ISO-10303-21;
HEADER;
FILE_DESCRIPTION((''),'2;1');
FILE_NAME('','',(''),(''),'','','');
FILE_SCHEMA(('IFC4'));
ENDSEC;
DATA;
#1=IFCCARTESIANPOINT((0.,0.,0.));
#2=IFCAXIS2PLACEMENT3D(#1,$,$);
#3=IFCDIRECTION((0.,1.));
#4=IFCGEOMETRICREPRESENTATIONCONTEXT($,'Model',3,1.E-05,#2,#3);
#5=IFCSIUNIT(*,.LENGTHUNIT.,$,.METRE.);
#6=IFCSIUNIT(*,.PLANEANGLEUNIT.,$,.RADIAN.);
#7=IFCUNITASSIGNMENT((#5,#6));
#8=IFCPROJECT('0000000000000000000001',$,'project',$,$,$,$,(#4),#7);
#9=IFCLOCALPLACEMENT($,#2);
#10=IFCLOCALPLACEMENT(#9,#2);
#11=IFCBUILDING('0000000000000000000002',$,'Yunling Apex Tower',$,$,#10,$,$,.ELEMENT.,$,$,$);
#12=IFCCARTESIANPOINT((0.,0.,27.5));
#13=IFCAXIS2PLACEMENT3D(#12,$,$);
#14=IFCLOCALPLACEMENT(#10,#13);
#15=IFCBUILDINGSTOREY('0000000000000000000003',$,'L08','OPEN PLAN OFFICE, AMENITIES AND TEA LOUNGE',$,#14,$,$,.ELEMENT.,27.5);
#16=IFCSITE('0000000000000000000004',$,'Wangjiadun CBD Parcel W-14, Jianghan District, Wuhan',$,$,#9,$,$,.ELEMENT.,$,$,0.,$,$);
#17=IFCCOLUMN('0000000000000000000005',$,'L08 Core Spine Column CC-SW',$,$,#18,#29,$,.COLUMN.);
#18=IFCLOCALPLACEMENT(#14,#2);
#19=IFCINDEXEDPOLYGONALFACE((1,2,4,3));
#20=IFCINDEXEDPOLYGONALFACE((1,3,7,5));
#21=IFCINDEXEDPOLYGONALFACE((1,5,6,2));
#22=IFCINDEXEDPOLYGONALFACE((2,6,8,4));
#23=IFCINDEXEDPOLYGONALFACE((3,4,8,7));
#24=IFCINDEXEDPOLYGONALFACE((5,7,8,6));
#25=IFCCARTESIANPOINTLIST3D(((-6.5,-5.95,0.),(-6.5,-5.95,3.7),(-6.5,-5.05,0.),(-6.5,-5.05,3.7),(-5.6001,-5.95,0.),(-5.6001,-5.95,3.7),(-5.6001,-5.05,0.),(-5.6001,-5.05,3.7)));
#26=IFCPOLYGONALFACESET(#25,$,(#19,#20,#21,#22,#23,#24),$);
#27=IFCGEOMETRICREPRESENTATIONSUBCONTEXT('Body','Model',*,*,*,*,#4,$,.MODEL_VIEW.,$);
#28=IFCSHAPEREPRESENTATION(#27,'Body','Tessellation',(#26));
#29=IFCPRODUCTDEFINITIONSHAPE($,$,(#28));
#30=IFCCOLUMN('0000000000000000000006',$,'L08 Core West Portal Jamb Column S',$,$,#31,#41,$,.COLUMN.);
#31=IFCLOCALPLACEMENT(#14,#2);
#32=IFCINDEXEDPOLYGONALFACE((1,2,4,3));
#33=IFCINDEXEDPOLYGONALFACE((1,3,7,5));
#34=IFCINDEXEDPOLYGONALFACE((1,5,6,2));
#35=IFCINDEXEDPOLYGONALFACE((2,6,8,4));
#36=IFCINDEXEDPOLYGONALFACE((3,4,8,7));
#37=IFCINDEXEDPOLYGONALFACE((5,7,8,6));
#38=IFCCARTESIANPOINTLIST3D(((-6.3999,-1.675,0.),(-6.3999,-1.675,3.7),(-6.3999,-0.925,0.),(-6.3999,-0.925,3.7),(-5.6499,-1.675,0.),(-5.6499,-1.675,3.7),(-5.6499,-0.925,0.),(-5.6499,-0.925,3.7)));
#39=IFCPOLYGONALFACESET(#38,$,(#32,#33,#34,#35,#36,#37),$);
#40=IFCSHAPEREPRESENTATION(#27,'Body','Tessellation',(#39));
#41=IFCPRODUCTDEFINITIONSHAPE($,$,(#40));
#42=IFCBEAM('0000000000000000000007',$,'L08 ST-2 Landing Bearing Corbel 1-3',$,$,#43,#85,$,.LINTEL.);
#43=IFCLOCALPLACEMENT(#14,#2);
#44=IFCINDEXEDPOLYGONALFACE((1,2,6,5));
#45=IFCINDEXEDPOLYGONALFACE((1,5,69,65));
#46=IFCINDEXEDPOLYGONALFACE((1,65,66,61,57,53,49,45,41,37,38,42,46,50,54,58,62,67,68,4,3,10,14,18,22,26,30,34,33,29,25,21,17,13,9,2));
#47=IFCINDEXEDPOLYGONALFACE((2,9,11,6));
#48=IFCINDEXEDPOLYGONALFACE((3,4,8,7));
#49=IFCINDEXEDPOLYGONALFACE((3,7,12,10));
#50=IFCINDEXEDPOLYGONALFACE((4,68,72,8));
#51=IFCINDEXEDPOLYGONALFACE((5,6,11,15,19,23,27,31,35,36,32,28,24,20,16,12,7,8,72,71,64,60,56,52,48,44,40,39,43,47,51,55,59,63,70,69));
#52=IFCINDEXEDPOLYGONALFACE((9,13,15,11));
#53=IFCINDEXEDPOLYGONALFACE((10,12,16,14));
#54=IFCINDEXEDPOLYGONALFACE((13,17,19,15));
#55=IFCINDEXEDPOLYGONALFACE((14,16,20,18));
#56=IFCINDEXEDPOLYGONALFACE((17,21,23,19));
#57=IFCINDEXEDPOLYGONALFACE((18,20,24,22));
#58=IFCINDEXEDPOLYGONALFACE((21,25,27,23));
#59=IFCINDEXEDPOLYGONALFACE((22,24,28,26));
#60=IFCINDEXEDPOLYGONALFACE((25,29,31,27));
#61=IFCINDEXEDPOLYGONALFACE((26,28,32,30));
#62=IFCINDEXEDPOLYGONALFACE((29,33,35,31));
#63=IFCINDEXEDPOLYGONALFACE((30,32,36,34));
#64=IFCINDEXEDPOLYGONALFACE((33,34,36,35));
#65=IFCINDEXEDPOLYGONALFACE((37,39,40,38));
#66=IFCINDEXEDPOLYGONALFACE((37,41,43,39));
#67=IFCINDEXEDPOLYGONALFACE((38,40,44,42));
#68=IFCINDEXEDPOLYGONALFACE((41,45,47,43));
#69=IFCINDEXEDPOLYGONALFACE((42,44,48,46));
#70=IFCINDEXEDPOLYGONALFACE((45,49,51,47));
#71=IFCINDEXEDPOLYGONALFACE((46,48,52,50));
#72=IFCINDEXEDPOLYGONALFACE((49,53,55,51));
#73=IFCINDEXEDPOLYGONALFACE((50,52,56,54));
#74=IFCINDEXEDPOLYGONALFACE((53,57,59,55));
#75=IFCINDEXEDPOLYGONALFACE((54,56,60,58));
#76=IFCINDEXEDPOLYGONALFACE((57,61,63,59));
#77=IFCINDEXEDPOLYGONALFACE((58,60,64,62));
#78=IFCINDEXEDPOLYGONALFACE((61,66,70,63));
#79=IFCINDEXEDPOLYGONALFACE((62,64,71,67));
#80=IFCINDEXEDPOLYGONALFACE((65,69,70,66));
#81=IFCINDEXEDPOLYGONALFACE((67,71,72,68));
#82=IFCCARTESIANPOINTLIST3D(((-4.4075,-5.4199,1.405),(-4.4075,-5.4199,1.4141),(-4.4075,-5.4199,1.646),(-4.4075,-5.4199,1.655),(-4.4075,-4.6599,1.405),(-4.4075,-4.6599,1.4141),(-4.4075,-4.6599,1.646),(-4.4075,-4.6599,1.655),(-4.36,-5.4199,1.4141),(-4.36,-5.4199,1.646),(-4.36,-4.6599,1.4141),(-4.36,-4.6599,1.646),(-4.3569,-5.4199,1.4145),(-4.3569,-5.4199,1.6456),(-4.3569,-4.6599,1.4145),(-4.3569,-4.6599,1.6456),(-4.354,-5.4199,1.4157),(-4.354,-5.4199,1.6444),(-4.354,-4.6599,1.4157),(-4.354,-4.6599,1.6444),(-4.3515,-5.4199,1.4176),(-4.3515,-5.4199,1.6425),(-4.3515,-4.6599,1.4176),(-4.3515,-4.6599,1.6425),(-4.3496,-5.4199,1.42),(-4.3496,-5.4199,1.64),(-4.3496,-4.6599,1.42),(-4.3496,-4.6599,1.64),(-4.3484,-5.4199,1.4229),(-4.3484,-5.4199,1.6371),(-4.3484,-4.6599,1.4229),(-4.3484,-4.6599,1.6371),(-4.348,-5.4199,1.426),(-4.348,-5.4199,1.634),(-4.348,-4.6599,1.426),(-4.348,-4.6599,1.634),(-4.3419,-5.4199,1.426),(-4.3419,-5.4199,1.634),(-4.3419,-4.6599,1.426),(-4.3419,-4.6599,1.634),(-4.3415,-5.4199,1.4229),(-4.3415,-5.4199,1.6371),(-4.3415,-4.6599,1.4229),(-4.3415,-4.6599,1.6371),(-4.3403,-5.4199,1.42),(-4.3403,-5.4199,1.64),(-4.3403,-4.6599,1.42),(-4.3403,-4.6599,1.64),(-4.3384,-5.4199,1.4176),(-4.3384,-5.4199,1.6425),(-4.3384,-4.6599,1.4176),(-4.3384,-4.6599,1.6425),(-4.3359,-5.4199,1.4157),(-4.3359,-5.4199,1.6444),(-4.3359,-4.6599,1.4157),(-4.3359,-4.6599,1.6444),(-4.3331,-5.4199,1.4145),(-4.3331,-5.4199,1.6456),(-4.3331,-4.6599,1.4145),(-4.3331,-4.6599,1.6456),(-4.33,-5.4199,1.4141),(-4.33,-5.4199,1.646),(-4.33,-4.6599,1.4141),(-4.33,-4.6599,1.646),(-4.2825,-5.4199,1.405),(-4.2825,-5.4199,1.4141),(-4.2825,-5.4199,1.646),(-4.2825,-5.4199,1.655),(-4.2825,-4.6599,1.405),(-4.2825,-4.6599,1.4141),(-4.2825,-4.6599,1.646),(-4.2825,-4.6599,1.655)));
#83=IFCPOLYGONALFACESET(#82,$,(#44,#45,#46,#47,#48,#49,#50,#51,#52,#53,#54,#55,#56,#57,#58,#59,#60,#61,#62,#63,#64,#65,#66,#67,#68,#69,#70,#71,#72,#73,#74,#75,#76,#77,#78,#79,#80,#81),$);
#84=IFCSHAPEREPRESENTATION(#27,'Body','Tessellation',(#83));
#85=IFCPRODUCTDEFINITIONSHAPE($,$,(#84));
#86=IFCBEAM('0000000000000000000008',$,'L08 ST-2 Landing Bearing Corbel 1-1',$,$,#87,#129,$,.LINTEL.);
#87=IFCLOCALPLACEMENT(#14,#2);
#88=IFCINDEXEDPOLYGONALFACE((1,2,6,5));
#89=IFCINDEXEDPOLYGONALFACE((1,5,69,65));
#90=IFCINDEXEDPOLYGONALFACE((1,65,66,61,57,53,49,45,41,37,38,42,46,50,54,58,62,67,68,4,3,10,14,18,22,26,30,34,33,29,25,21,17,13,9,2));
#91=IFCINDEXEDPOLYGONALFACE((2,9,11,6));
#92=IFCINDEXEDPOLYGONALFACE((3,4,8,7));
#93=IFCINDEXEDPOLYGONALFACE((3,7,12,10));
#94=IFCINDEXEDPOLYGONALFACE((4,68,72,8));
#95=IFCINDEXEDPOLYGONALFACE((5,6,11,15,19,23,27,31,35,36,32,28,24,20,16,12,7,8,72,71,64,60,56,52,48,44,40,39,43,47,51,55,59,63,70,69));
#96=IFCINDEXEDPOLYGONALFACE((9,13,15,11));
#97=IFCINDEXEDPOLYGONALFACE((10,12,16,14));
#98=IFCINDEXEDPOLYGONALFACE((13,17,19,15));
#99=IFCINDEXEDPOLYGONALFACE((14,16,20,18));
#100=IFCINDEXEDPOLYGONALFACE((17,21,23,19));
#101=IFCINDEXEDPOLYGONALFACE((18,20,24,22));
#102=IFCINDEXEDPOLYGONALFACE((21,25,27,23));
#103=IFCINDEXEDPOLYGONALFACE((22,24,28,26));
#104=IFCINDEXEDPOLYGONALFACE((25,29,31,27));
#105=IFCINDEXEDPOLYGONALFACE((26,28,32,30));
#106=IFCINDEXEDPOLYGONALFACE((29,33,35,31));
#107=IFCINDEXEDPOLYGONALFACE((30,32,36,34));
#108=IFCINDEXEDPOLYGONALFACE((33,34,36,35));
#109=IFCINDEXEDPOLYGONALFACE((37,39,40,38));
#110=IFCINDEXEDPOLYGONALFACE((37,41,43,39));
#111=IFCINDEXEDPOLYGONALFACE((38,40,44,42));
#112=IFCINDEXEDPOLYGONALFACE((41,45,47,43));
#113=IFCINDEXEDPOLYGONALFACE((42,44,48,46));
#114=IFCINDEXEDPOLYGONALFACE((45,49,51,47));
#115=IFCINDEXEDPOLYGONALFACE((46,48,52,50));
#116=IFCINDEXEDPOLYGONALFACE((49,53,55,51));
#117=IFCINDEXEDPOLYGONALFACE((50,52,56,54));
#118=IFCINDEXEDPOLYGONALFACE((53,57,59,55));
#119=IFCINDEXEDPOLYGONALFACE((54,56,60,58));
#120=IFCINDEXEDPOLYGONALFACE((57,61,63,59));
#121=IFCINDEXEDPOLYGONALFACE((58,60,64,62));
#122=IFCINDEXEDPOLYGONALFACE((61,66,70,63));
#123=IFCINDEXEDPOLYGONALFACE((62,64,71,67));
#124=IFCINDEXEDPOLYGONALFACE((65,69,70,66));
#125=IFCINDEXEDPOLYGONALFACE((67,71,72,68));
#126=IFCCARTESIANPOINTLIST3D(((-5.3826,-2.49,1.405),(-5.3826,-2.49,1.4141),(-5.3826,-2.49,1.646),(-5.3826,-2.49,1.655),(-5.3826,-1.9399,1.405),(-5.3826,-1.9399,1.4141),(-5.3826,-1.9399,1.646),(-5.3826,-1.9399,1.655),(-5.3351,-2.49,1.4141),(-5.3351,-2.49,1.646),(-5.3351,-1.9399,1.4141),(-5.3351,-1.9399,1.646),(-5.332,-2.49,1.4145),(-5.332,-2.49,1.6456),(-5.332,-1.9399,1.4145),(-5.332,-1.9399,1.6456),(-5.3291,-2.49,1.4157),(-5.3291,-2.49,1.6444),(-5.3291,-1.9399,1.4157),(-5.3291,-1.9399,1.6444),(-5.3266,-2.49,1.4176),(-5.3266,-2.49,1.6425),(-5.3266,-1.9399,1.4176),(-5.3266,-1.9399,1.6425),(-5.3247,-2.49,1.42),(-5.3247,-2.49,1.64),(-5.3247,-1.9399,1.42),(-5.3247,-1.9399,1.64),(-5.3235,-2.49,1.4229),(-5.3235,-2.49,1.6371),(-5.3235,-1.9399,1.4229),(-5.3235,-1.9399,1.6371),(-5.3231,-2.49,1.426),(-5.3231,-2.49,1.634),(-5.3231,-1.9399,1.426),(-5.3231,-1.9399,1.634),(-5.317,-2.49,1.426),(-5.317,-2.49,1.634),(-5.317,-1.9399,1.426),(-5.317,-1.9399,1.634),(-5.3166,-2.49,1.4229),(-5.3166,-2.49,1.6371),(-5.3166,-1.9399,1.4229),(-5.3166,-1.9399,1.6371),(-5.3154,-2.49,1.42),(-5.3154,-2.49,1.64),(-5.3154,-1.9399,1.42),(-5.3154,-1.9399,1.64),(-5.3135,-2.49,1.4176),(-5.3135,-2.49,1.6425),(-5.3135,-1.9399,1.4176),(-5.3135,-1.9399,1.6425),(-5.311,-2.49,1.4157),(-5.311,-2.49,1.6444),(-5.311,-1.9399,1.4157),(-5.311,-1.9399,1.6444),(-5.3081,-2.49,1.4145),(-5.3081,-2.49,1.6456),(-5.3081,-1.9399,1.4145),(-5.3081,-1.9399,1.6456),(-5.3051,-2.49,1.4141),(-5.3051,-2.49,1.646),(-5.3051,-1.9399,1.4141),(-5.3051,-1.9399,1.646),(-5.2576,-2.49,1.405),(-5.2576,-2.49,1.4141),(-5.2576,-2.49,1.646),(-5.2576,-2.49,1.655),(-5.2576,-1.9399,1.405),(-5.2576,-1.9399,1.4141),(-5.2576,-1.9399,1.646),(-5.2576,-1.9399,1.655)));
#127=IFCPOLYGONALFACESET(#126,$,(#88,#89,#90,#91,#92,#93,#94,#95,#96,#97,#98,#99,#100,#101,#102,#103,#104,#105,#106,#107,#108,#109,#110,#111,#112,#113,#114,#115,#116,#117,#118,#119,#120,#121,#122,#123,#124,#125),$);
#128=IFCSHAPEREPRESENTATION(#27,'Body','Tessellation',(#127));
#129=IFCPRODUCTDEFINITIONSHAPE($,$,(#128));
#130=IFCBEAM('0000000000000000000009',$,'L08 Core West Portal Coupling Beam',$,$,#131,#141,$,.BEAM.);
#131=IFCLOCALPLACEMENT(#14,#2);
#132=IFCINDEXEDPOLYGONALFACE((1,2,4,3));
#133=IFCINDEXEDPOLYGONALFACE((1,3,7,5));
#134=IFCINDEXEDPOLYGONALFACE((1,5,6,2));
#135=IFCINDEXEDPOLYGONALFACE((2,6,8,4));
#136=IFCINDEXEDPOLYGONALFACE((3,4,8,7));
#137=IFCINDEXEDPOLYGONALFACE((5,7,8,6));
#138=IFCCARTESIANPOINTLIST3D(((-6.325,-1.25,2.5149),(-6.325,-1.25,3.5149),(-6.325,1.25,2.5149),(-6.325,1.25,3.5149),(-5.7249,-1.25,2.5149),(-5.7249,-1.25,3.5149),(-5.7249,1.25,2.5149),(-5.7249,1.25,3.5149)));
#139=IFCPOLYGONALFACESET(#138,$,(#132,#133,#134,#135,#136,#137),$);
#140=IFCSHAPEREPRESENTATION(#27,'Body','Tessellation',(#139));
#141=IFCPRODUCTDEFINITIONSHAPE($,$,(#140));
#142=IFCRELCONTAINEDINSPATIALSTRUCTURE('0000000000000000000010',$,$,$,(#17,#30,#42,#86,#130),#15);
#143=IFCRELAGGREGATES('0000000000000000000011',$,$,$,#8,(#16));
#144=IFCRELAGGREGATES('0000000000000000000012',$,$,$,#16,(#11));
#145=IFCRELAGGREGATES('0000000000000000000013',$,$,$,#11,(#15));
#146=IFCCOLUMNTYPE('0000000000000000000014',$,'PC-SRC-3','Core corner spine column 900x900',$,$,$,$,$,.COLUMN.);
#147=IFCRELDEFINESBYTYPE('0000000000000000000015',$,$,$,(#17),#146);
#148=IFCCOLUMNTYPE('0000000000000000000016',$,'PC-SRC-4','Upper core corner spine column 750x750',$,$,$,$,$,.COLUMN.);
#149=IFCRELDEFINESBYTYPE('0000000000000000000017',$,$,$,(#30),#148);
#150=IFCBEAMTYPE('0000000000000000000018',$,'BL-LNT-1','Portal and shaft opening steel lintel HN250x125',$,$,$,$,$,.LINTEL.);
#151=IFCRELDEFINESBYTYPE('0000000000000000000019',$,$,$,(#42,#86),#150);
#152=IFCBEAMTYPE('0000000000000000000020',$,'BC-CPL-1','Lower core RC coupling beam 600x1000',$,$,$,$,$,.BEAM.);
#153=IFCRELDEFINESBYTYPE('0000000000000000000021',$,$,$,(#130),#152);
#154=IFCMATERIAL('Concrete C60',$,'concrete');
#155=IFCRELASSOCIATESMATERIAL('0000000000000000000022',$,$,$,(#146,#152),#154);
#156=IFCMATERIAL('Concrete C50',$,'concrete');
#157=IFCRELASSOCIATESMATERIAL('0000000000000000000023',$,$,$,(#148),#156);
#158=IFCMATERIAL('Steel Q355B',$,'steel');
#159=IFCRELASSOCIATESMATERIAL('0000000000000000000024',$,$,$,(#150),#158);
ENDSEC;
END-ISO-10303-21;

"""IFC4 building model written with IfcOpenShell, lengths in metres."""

from ifc_helpers import new_model, si_unit, direction, frame, origin, origin_2d, place, context, subcontext, project, spatial, rectangle, i_section, extrude, source, transform, mapped, material, material_profile, profile_set, type_object, element, save


model = new_model("IFC4")

# Units and contexts
model_context = context("Model", 3, precision=1e-05, world=origin(), true_north=direction((0.0, 1.0)))
body_context = subcontext(model_context, "Body", "Model", "MODEL_VIEW")
ifc_project = project(units=[si_unit("LENGTHUNIT", "METRE"), si_unit("PLANEANGLEUNIT", "RADIAN")], contexts=[model_context])

# Site, building, storey
site_placement = place(None, origin())
site = spatial("IfcSite", under=ifc_project, at=site_placement, Name="Wangjiadun CBD Parcel W-14, Jianghan District, Wuhan", CompositionType="ELEMENT", RefElevation=0.0)
building_placement = place(site_placement, origin())
building = spatial("IfcBuilding", under=site, at=building_placement, Name="Yunling Apex Tower", CompositionType="ELEMENT")
storey_placement = place(building_placement, frame((0.0, 0.0, 27.5)))
storey = spatial("IfcBuildingStorey", under=building, at=storey_placement, Name="L08", Description="OPEN PLAN OFFICE, AMENITIES AND TEA LOUNGE", CompositionType="ELEMENT", Elevation=27.5)

# Columns
ifc_material_1 = material(Name="Concrete C60", Category="concrete")
ifc_material_profile_1 = material_profile(ifc_material_1, rectangle(XDim=0.8999, YDim=0.8999, at=origin_2d()))
ifc_profile_set_1 = profile_set([ifc_material_profile_1], Name="Concrete C60")
column_type_1 = type_object("IfcColumnType", Name="PC-SRC-3", Description="Core corner spine column 900x900", PredefinedType="COLUMN", material=ifc_profile_set_1)
shared_shape_1 = source(origin(), body_context, "Body", "SweptSolid", [
    extrude(rectangle(XDim=0.8999, YDim=0.8999, at=origin_2d()), origin(), (0.0, 0.0, 1.0), 3.7),
])
column_1_placement = place(storey_placement, frame((-6.05, -5.5, 0.0), z_axis=(0.0, 0.0, 1.0), x_axis=(1.0, 0.0, 0.0)))
element("IfcColumn", 1, at=column_1_placement, inside=storey, type_object=column_type_1, Name="L08 Core Spine Column CC-SW", PredefinedType="COLUMN", context=body_context, shape_type="MappedRepresentation", body=[
    mapped(shared_shape_1, transform((0.0, 0.0, 0.0), scale=1.0)),
])
ifc_material_2 = material(Name="Concrete C50", Category="concrete")
ifc_material_profile_2 = material_profile(ifc_material_2, rectangle(XDim=0.75, YDim=0.75, at=origin_2d()))
ifc_profile_set_2 = profile_set([ifc_material_profile_2], Name="Concrete C50")
column_type_2 = type_object("IfcColumnType", Name="PC-SRC-4", Description="Upper core corner spine column 750x750", PredefinedType="COLUMN", material=ifc_profile_set_2)
shared_shape_2 = source(origin(), body_context, "Body", "SweptSolid", [
    extrude(rectangle(XDim=0.75, YDim=0.75, at=origin_2d()), origin(), (0.0, 0.0, 1.0), 3.7),
])
column_2_placement = place(storey_placement, frame((-6.0249, -1.3, 0.0), z_axis=(0.0, 0.0, 1.0), x_axis=(1.0, 0.0, 0.0)))
element("IfcColumn", 2, at=column_2_placement, inside=storey, type_object=column_type_2, Name="L08 Core West Portal Jamb Column S", PredefinedType="COLUMN", context=body_context, shape_type="MappedRepresentation", body=[
    mapped(shared_shape_2, transform((0.0, 0.0, 0.0), scale=1.0)),
])

# Beams
ifc_material_3 = material(Name="Steel Q355B", Category="steel")
ifc_material_profile_3 = material_profile(ifc_material_3, i_section(OverallWidth=0.125, OverallDepth=0.25, WebThickness=0.0061, FlangeThickness=0.009, FilletRadius=0.012, at=origin_2d()))
ifc_profile_set_3 = profile_set([ifc_material_profile_3], Name="Steel Q355B")
beam_type_1 = type_object("IfcBeamType", Name="BL-LNT-1", Description="Portal and shaft opening steel lintel HN250x125", PredefinedType="LINTEL", material=ifc_profile_set_3)
shared_shape_3 = source(origin(), body_context, "Body", "SweptSolid", [
    extrude(i_section(OverallWidth=0.125, OverallDepth=0.25, WebThickness=0.0061, FlangeThickness=0.009, FilletRadius=0.012, at=origin_2d()), origin(), (0.0, 0.0, 1.0), 0.76),
])
beam_1_placement = place(storey_placement, frame((-4.345, -5.4199, 1.53), z_axis=(0.0, 1.0, 0.0), x_axis=(-1.0, 0.0, 0.0)))
element("IfcBeam", 3, at=beam_1_placement, inside=storey, type_object=beam_type_1, Name="L08 ST-2 Landing Bearing Corbel 1-3", PredefinedType="LINTEL", context=body_context, shape_type="MappedRepresentation", body=[
    mapped(shared_shape_3, transform((0.0, 0.0, 0.0), scale=1.0)),
])
shared_shape_4 = source(origin(), body_context, "Body", "SweptSolid", [
    extrude(i_section(OverallWidth=0.125, OverallDepth=0.25, WebThickness=0.0061, FlangeThickness=0.009, FilletRadius=0.012, at=origin_2d()), origin(), (0.0, 0.0, 1.0), 0.55),
])
beam_2_placement = place(storey_placement, frame((-5.3201, -1.9399, 1.53), z_axis=(0.0, -1.0, 0.0), x_axis=(1.0, 0.0, 0.0)))
element("IfcBeam", 4, at=beam_2_placement, inside=storey, type_object=beam_type_1, Name="L08 ST-2 Landing Bearing Corbel 1-1", PredefinedType="LINTEL", context=body_context, shape_type="MappedRepresentation", body=[
    mapped(shared_shape_4, transform((0.0, 0.0, 0.0), scale=1.0)),
])
ifc_material_profile_4 = material_profile(ifc_material_1, rectangle(XDim=0.6001, YDim=1.0, at=origin_2d()))
ifc_profile_set_4 = profile_set([ifc_material_profile_4], Name="Concrete C60")
beam_type_2 = type_object("IfcBeamType", Name="BC-CPL-1", Description="Lower core RC coupling beam 600x1000", PredefinedType="BEAM", material=ifc_profile_set_4)
shared_shape_5 = source(origin(), body_context, "Body", "SweptSolid", [
    extrude(rectangle(XDim=0.6001, YDim=1.0, at=origin_2d()), origin(), (0.0, 0.0, 1.0), 2.5),
])
beam_3_placement = place(storey_placement, frame((-6.0249, -1.25, 3.0149), z_axis=(0.0, 1.0, 0.0), x_axis=(-1.0, 0.0, 0.0)))
element("IfcBeam", 5, at=beam_3_placement, inside=storey, type_object=beam_type_2, Name="L08 Core West Portal Coupling Beam", PredefinedType="BEAM", context=body_context, shape_type="MappedRepresentation", body=[
    mapped(shared_shape_5, transform((0.0, 0.0, 0.0), scale=1.0)),
])

save(model, "model.ifc")
